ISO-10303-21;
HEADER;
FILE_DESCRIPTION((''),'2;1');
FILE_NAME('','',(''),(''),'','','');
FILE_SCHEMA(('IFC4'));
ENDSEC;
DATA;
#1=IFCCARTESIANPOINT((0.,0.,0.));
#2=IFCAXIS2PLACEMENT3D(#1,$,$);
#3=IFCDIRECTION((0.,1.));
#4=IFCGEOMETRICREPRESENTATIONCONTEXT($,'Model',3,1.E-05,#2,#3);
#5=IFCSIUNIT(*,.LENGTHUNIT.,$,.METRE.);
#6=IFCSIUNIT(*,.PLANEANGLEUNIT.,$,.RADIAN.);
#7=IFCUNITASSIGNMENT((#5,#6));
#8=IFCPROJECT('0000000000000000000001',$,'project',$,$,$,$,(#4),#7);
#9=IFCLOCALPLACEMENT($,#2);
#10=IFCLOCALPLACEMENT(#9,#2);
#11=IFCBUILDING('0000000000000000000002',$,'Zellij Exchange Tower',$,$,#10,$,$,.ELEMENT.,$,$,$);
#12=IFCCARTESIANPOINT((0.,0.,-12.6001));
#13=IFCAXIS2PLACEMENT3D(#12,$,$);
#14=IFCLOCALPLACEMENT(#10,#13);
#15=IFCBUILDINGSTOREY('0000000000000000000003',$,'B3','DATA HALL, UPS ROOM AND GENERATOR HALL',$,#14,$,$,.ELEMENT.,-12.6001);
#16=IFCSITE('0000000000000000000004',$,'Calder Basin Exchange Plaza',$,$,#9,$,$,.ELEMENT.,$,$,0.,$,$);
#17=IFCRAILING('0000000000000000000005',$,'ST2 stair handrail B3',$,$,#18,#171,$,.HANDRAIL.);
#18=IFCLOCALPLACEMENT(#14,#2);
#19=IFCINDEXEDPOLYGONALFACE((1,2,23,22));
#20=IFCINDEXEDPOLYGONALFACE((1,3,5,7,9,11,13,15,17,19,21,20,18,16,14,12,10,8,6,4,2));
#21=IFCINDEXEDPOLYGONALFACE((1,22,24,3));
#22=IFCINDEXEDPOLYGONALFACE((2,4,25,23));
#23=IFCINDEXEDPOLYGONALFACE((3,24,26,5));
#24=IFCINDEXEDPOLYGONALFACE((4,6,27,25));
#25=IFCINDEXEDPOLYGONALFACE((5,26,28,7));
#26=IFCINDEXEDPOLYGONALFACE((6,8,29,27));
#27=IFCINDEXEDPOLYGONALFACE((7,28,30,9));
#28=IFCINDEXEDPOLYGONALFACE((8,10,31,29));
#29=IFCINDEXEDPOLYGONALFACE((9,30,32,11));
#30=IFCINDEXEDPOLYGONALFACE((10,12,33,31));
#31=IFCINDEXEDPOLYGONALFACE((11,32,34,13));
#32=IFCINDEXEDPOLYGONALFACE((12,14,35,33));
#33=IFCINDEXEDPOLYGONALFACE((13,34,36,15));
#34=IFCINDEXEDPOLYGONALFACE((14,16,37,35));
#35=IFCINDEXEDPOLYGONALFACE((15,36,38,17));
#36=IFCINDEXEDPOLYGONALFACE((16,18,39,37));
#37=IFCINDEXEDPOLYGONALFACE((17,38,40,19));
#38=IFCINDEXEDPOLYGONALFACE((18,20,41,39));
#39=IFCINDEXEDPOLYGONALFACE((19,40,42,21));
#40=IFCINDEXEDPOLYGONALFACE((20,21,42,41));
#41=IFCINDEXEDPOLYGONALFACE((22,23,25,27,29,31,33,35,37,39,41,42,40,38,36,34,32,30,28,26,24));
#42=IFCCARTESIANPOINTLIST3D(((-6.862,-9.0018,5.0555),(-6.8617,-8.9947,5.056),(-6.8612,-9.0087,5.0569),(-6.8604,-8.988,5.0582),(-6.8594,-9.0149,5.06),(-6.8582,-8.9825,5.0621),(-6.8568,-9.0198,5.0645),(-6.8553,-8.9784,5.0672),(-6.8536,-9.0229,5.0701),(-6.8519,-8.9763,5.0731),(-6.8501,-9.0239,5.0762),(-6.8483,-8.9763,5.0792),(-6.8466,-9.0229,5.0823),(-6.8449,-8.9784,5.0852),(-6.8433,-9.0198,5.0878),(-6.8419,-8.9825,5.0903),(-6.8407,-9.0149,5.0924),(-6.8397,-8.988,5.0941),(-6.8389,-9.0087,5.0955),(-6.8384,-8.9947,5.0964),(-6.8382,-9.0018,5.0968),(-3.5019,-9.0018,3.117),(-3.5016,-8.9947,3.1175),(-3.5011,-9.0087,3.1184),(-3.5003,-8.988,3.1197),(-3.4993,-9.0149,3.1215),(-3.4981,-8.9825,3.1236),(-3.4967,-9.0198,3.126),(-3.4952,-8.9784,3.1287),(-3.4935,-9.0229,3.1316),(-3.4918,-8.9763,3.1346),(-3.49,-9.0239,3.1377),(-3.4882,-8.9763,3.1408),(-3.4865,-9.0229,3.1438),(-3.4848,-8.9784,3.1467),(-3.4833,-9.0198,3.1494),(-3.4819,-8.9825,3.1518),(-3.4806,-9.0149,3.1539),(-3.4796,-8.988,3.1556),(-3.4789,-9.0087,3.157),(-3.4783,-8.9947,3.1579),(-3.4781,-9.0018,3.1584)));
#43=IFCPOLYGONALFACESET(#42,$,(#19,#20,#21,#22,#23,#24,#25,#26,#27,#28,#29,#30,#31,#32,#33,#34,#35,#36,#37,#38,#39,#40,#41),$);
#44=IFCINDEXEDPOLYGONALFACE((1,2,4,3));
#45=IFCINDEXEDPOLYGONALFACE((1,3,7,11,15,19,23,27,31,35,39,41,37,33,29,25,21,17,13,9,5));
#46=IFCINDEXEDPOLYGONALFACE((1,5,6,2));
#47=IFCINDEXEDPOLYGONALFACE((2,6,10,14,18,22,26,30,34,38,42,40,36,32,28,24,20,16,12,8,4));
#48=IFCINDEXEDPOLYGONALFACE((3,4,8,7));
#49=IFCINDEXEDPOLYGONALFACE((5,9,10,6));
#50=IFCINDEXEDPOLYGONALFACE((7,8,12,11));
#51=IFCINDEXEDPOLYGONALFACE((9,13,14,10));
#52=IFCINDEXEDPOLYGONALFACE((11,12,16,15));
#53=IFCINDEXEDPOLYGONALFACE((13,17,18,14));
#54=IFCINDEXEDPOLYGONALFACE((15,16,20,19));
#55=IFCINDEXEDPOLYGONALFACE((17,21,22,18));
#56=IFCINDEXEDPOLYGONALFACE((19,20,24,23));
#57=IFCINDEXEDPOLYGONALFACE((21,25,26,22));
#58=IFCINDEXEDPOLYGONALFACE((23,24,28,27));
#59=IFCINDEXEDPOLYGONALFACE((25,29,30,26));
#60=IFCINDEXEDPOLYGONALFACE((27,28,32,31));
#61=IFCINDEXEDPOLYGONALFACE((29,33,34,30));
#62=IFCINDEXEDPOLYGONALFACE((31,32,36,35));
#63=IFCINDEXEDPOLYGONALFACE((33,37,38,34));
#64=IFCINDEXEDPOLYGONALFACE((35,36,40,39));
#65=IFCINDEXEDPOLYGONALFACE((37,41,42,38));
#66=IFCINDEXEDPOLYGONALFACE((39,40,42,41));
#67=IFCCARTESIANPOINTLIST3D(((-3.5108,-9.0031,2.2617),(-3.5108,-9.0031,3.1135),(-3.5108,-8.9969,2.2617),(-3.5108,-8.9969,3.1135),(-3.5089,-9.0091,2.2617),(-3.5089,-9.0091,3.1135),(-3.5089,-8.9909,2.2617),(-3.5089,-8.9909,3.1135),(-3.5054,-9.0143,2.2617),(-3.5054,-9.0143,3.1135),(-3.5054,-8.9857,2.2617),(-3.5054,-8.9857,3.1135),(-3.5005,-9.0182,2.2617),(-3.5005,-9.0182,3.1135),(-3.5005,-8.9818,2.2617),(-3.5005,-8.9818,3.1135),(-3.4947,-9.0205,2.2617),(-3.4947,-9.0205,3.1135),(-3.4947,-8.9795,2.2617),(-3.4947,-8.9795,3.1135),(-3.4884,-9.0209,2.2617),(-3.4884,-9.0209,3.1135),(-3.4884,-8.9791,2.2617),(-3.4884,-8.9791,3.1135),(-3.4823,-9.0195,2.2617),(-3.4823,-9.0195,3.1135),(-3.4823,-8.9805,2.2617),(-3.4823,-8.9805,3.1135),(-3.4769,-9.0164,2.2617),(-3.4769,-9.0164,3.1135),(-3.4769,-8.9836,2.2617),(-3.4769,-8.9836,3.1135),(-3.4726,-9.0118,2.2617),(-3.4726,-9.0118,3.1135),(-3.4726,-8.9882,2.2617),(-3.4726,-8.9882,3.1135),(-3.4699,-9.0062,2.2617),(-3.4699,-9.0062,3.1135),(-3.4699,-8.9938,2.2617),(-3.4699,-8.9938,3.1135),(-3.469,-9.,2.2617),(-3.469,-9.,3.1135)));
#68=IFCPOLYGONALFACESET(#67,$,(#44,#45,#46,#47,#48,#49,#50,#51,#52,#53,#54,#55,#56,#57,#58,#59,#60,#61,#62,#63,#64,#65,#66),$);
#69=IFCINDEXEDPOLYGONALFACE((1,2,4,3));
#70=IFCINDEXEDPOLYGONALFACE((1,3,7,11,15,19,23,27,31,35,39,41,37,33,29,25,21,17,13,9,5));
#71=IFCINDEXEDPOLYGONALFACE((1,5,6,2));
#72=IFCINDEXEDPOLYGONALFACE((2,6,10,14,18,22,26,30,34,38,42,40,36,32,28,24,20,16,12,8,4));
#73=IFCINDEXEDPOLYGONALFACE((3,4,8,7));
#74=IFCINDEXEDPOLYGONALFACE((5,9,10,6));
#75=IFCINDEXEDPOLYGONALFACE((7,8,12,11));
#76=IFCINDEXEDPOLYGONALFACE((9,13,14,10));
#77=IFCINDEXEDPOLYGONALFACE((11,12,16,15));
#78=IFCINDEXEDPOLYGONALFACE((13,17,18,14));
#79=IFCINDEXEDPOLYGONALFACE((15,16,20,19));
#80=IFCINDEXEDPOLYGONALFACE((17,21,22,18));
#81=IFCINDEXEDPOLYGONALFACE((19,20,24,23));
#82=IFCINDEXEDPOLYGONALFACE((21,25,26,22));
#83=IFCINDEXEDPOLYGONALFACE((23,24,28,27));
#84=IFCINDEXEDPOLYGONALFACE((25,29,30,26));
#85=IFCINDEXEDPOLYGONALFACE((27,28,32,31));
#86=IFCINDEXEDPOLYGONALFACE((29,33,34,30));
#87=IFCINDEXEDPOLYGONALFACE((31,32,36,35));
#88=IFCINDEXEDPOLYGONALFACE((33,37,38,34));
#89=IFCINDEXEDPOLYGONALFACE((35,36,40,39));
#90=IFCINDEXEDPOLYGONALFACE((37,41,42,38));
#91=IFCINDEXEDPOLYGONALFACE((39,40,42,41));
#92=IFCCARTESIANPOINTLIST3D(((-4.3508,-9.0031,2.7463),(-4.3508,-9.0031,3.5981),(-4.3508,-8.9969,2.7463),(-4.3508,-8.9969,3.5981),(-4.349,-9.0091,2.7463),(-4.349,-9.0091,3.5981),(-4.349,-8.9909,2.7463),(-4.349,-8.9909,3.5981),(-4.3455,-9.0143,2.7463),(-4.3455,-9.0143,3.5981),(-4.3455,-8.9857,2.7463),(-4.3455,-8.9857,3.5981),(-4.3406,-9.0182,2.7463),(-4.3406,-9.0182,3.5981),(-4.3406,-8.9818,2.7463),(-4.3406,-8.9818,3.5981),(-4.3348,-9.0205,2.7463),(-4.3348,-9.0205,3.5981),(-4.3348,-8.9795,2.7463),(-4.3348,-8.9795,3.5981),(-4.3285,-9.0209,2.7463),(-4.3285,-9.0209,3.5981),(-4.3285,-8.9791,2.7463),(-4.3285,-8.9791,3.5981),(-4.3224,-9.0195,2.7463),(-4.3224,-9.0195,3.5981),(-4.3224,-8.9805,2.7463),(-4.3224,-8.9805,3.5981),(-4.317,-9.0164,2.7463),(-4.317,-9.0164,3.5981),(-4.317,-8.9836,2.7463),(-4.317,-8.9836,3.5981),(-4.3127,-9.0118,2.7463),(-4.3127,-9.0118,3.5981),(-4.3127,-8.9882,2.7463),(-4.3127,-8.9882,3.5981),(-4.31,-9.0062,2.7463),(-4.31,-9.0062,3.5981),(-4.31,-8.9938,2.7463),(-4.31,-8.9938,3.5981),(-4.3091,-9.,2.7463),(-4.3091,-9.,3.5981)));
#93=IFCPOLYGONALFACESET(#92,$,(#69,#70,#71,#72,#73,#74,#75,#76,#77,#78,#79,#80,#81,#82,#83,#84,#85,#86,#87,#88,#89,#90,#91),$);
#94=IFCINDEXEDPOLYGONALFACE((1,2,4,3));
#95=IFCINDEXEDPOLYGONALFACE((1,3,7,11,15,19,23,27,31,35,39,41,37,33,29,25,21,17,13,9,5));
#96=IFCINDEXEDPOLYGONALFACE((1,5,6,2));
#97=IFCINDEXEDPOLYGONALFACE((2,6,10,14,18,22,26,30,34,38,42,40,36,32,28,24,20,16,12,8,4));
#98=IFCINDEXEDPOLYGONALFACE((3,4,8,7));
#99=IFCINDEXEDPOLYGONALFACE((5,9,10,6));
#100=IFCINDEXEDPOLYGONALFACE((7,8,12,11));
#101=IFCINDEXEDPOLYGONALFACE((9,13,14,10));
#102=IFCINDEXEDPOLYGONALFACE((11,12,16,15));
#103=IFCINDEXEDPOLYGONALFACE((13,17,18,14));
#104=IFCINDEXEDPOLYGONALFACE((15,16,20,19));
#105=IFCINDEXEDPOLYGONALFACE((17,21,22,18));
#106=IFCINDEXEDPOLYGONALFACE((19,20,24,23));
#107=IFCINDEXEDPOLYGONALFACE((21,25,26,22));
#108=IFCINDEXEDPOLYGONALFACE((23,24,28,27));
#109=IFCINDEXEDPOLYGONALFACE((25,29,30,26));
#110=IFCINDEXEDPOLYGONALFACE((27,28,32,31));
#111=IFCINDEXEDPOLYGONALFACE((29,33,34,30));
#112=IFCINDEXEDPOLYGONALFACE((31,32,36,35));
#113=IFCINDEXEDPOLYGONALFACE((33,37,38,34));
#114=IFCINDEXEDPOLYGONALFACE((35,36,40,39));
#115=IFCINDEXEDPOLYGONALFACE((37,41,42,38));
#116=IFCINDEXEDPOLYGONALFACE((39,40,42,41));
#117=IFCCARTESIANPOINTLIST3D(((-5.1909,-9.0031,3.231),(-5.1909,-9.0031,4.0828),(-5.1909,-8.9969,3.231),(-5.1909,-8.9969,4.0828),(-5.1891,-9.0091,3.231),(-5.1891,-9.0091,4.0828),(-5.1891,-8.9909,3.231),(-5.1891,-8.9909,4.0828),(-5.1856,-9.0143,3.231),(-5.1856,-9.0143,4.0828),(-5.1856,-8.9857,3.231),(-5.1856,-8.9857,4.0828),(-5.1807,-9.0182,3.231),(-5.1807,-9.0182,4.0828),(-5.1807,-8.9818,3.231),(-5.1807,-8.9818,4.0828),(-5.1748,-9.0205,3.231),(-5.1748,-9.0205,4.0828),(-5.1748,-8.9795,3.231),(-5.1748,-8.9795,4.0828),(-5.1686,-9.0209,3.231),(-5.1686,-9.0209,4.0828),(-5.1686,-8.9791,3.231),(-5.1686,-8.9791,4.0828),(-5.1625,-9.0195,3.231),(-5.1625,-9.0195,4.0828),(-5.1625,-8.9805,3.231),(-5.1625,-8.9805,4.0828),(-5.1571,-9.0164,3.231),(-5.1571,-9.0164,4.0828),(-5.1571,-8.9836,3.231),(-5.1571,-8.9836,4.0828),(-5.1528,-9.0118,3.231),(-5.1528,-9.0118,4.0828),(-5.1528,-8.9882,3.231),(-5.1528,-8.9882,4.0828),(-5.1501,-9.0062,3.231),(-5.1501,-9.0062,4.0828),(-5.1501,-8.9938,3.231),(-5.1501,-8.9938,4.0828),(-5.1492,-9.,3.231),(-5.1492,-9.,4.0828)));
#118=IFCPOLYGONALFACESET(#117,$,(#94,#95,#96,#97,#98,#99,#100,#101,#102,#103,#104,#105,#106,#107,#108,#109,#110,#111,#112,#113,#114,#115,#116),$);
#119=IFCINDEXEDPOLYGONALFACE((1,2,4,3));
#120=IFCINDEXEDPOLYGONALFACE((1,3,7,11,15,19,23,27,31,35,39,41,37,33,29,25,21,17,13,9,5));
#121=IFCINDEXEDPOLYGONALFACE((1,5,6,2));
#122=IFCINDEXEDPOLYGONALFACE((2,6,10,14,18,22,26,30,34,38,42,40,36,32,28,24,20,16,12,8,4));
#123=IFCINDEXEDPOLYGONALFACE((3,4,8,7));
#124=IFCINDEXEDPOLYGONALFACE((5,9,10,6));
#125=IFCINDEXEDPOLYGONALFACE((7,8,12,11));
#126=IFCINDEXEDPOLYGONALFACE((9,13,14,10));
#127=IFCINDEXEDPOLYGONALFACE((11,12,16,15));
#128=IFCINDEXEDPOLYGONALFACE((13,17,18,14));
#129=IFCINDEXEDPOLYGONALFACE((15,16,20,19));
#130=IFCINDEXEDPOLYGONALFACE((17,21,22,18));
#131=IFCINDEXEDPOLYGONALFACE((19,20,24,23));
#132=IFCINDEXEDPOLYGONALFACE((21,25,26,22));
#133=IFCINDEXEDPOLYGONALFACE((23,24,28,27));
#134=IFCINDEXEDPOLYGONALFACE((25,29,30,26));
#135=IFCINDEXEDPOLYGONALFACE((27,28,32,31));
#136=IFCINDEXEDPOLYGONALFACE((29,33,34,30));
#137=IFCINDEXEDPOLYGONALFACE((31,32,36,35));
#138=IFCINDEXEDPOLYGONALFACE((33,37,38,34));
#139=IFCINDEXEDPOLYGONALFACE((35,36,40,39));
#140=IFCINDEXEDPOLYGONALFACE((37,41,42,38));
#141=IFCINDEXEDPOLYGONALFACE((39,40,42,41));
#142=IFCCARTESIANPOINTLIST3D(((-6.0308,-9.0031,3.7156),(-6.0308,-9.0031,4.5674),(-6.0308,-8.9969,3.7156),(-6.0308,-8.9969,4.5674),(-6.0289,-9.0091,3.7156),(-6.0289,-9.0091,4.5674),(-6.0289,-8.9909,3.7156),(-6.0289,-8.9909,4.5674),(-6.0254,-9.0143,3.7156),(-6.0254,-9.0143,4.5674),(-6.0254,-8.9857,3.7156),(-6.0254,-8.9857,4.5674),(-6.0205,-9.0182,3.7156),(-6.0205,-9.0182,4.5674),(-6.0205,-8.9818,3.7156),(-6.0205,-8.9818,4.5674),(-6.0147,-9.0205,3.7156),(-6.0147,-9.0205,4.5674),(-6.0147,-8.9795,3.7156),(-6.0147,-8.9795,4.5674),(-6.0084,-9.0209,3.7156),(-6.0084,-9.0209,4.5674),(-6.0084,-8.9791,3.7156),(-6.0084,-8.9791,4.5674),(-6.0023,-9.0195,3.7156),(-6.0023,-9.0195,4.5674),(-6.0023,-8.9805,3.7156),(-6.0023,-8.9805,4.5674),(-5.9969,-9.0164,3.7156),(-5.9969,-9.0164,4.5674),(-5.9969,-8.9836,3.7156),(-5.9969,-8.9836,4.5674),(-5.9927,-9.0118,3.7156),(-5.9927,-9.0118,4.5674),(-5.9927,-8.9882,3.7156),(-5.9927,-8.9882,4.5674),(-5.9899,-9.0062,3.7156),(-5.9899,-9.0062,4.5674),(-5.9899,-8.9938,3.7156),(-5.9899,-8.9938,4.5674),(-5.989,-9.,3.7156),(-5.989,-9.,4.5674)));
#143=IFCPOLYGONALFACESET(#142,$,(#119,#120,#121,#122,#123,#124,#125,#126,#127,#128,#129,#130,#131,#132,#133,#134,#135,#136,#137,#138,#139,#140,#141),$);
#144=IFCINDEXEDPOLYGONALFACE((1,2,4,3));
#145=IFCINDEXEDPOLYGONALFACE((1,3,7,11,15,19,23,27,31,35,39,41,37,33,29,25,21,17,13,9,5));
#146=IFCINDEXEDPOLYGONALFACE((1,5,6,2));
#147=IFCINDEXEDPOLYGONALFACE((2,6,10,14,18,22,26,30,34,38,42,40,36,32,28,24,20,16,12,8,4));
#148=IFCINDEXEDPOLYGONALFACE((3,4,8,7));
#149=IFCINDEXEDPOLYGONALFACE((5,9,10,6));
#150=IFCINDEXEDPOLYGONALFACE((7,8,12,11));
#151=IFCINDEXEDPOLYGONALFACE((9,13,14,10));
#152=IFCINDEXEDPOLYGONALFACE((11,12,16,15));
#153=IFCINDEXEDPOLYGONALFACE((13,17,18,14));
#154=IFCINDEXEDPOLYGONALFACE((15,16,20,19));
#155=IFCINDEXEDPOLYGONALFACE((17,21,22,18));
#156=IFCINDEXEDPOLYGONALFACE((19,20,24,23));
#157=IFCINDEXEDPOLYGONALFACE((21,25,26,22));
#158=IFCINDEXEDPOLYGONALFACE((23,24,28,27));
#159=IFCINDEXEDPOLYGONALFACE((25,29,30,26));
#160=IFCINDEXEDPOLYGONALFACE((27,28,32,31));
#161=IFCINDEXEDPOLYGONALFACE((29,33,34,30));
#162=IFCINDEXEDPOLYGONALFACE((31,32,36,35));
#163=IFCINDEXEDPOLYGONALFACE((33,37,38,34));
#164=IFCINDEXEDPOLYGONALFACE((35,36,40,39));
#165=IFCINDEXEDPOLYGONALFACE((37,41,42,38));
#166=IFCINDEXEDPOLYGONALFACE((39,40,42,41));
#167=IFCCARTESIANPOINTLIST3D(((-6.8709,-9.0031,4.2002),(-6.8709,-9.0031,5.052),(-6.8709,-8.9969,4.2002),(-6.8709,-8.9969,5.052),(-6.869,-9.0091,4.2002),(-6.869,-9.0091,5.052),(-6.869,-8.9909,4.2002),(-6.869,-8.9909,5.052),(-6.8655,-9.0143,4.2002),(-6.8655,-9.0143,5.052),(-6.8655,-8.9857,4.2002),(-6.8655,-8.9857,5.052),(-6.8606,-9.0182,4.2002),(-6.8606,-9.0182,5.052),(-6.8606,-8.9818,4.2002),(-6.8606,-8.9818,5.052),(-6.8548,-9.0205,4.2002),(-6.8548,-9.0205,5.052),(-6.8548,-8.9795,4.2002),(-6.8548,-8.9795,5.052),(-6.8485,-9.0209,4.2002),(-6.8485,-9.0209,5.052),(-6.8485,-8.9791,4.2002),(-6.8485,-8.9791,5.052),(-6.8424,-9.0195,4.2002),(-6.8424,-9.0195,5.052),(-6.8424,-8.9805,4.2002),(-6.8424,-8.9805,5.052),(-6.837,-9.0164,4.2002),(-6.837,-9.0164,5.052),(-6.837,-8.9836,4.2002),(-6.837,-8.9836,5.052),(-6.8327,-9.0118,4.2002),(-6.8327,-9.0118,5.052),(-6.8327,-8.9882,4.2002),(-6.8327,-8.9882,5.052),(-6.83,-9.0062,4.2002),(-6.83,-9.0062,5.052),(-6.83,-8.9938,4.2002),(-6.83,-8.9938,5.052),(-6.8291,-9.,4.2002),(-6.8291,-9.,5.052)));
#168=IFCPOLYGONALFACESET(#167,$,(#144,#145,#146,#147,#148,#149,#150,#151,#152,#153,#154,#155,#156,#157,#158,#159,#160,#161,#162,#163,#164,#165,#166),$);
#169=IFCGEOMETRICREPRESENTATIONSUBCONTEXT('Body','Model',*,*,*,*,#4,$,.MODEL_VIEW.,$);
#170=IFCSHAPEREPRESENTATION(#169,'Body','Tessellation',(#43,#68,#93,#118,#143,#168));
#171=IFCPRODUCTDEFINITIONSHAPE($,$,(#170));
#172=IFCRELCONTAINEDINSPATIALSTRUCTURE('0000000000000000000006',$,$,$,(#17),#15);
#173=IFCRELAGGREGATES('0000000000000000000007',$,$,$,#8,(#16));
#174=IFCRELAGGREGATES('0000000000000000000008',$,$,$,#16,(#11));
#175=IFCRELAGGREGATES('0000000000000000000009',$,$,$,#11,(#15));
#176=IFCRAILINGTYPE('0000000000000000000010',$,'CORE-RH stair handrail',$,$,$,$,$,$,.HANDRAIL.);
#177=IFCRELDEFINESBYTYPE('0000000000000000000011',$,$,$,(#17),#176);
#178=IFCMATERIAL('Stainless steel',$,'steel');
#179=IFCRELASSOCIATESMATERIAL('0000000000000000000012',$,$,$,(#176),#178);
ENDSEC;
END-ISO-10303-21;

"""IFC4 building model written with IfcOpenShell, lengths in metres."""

from ifc_helpers import new_model, si_unit, direction, frame, origin, origin_2d, place, context, subcontext, project, spatial, circle, extrude, material, type_object, element, save


model = new_model("IFC4")

# Units and contexts
model_context = context("Model", 3, precision=1e-05, world=origin(), true_north=direction((0.0, 1.0)))
body_context = subcontext(model_context, "Body", "Model", "MODEL_VIEW")
ifc_project = project(units=[si_unit("LENGTHUNIT", "METRE"), si_unit("PLANEANGLEUNIT", "RADIAN")], contexts=[model_context])

# Site, building, storey
site_placement = place(None, origin())
site = spatial("IfcSite", under=ifc_project, at=site_placement, Name="Calder Basin Exchange Plaza", CompositionType="ELEMENT", RefElevation=0.0)
building_placement = place(site_placement, origin())
building = spatial("IfcBuilding", under=site, at=building_placement, Name="Zellij Exchange Tower", CompositionType="ELEMENT")
storey_placement = place(building_placement, frame((0.0, 0.0, -12.6001)))
storey = spatial("IfcBuildingStorey", under=building, at=storey_placement, Name="B3", Description="DATA HALL, UPS ROOM AND GENERATOR HALL", CompositionType="ELEMENT", Elevation=-12.6001)

# Railing
ifc_material_1 = material(Name="Stainless steel", Category="steel")
railing_type_1 = type_object("IfcRailingType", Name="CORE-RH stair handrail", PredefinedType="HANDRAIL", material=ifc_material_1)
railing_1_placement = place(storey_placement, frame((-3.49, -9.0, 2.2617)))
element("IfcRailing", 1, at=railing_1_placement, inside=storey, type_object=railing_type_1, Name="ST2 stair handrail B3", PredefinedType="HANDRAIL", context=body_context, shape_type="SweptSolid", body=[
    extrude(circle(Radius=0.0239, at=origin_2d()), frame((0.0, 0.0, 0.876), z_axis=(-0.866191, 0.0, 0.499713), x_axis=(0.0, -1.0, 0.0)), (0.0, 0.0, 1.0), 3.8792),
    extrude(circle(Radius=0.021, at=origin_2d()), origin(), (0.0, 0.0, 1.0), 0.8518),
    extrude(circle(Radius=0.021, at=origin_2d()), frame((-0.8401, 0.0, 0.4846)), (0.0, 0.0, 1.0), 0.8518),
    extrude(circle(Radius=0.021, at=origin_2d()), frame((-1.6802, 0.0, 0.9692)), (0.0, 0.0, 1.0), 0.8518),
    extrude(circle(Radius=0.021, at=origin_2d()), frame((-2.52, 0.0, 1.4539)), (0.0, 0.0, 1.0), 0.8518),
    extrude(circle(Radius=0.021, at=origin_2d()), frame((-3.3601, 0.0, 1.9385)), (0.0, 0.0, 1.0), 0.8518),
])

save(model, "model.ifc")
